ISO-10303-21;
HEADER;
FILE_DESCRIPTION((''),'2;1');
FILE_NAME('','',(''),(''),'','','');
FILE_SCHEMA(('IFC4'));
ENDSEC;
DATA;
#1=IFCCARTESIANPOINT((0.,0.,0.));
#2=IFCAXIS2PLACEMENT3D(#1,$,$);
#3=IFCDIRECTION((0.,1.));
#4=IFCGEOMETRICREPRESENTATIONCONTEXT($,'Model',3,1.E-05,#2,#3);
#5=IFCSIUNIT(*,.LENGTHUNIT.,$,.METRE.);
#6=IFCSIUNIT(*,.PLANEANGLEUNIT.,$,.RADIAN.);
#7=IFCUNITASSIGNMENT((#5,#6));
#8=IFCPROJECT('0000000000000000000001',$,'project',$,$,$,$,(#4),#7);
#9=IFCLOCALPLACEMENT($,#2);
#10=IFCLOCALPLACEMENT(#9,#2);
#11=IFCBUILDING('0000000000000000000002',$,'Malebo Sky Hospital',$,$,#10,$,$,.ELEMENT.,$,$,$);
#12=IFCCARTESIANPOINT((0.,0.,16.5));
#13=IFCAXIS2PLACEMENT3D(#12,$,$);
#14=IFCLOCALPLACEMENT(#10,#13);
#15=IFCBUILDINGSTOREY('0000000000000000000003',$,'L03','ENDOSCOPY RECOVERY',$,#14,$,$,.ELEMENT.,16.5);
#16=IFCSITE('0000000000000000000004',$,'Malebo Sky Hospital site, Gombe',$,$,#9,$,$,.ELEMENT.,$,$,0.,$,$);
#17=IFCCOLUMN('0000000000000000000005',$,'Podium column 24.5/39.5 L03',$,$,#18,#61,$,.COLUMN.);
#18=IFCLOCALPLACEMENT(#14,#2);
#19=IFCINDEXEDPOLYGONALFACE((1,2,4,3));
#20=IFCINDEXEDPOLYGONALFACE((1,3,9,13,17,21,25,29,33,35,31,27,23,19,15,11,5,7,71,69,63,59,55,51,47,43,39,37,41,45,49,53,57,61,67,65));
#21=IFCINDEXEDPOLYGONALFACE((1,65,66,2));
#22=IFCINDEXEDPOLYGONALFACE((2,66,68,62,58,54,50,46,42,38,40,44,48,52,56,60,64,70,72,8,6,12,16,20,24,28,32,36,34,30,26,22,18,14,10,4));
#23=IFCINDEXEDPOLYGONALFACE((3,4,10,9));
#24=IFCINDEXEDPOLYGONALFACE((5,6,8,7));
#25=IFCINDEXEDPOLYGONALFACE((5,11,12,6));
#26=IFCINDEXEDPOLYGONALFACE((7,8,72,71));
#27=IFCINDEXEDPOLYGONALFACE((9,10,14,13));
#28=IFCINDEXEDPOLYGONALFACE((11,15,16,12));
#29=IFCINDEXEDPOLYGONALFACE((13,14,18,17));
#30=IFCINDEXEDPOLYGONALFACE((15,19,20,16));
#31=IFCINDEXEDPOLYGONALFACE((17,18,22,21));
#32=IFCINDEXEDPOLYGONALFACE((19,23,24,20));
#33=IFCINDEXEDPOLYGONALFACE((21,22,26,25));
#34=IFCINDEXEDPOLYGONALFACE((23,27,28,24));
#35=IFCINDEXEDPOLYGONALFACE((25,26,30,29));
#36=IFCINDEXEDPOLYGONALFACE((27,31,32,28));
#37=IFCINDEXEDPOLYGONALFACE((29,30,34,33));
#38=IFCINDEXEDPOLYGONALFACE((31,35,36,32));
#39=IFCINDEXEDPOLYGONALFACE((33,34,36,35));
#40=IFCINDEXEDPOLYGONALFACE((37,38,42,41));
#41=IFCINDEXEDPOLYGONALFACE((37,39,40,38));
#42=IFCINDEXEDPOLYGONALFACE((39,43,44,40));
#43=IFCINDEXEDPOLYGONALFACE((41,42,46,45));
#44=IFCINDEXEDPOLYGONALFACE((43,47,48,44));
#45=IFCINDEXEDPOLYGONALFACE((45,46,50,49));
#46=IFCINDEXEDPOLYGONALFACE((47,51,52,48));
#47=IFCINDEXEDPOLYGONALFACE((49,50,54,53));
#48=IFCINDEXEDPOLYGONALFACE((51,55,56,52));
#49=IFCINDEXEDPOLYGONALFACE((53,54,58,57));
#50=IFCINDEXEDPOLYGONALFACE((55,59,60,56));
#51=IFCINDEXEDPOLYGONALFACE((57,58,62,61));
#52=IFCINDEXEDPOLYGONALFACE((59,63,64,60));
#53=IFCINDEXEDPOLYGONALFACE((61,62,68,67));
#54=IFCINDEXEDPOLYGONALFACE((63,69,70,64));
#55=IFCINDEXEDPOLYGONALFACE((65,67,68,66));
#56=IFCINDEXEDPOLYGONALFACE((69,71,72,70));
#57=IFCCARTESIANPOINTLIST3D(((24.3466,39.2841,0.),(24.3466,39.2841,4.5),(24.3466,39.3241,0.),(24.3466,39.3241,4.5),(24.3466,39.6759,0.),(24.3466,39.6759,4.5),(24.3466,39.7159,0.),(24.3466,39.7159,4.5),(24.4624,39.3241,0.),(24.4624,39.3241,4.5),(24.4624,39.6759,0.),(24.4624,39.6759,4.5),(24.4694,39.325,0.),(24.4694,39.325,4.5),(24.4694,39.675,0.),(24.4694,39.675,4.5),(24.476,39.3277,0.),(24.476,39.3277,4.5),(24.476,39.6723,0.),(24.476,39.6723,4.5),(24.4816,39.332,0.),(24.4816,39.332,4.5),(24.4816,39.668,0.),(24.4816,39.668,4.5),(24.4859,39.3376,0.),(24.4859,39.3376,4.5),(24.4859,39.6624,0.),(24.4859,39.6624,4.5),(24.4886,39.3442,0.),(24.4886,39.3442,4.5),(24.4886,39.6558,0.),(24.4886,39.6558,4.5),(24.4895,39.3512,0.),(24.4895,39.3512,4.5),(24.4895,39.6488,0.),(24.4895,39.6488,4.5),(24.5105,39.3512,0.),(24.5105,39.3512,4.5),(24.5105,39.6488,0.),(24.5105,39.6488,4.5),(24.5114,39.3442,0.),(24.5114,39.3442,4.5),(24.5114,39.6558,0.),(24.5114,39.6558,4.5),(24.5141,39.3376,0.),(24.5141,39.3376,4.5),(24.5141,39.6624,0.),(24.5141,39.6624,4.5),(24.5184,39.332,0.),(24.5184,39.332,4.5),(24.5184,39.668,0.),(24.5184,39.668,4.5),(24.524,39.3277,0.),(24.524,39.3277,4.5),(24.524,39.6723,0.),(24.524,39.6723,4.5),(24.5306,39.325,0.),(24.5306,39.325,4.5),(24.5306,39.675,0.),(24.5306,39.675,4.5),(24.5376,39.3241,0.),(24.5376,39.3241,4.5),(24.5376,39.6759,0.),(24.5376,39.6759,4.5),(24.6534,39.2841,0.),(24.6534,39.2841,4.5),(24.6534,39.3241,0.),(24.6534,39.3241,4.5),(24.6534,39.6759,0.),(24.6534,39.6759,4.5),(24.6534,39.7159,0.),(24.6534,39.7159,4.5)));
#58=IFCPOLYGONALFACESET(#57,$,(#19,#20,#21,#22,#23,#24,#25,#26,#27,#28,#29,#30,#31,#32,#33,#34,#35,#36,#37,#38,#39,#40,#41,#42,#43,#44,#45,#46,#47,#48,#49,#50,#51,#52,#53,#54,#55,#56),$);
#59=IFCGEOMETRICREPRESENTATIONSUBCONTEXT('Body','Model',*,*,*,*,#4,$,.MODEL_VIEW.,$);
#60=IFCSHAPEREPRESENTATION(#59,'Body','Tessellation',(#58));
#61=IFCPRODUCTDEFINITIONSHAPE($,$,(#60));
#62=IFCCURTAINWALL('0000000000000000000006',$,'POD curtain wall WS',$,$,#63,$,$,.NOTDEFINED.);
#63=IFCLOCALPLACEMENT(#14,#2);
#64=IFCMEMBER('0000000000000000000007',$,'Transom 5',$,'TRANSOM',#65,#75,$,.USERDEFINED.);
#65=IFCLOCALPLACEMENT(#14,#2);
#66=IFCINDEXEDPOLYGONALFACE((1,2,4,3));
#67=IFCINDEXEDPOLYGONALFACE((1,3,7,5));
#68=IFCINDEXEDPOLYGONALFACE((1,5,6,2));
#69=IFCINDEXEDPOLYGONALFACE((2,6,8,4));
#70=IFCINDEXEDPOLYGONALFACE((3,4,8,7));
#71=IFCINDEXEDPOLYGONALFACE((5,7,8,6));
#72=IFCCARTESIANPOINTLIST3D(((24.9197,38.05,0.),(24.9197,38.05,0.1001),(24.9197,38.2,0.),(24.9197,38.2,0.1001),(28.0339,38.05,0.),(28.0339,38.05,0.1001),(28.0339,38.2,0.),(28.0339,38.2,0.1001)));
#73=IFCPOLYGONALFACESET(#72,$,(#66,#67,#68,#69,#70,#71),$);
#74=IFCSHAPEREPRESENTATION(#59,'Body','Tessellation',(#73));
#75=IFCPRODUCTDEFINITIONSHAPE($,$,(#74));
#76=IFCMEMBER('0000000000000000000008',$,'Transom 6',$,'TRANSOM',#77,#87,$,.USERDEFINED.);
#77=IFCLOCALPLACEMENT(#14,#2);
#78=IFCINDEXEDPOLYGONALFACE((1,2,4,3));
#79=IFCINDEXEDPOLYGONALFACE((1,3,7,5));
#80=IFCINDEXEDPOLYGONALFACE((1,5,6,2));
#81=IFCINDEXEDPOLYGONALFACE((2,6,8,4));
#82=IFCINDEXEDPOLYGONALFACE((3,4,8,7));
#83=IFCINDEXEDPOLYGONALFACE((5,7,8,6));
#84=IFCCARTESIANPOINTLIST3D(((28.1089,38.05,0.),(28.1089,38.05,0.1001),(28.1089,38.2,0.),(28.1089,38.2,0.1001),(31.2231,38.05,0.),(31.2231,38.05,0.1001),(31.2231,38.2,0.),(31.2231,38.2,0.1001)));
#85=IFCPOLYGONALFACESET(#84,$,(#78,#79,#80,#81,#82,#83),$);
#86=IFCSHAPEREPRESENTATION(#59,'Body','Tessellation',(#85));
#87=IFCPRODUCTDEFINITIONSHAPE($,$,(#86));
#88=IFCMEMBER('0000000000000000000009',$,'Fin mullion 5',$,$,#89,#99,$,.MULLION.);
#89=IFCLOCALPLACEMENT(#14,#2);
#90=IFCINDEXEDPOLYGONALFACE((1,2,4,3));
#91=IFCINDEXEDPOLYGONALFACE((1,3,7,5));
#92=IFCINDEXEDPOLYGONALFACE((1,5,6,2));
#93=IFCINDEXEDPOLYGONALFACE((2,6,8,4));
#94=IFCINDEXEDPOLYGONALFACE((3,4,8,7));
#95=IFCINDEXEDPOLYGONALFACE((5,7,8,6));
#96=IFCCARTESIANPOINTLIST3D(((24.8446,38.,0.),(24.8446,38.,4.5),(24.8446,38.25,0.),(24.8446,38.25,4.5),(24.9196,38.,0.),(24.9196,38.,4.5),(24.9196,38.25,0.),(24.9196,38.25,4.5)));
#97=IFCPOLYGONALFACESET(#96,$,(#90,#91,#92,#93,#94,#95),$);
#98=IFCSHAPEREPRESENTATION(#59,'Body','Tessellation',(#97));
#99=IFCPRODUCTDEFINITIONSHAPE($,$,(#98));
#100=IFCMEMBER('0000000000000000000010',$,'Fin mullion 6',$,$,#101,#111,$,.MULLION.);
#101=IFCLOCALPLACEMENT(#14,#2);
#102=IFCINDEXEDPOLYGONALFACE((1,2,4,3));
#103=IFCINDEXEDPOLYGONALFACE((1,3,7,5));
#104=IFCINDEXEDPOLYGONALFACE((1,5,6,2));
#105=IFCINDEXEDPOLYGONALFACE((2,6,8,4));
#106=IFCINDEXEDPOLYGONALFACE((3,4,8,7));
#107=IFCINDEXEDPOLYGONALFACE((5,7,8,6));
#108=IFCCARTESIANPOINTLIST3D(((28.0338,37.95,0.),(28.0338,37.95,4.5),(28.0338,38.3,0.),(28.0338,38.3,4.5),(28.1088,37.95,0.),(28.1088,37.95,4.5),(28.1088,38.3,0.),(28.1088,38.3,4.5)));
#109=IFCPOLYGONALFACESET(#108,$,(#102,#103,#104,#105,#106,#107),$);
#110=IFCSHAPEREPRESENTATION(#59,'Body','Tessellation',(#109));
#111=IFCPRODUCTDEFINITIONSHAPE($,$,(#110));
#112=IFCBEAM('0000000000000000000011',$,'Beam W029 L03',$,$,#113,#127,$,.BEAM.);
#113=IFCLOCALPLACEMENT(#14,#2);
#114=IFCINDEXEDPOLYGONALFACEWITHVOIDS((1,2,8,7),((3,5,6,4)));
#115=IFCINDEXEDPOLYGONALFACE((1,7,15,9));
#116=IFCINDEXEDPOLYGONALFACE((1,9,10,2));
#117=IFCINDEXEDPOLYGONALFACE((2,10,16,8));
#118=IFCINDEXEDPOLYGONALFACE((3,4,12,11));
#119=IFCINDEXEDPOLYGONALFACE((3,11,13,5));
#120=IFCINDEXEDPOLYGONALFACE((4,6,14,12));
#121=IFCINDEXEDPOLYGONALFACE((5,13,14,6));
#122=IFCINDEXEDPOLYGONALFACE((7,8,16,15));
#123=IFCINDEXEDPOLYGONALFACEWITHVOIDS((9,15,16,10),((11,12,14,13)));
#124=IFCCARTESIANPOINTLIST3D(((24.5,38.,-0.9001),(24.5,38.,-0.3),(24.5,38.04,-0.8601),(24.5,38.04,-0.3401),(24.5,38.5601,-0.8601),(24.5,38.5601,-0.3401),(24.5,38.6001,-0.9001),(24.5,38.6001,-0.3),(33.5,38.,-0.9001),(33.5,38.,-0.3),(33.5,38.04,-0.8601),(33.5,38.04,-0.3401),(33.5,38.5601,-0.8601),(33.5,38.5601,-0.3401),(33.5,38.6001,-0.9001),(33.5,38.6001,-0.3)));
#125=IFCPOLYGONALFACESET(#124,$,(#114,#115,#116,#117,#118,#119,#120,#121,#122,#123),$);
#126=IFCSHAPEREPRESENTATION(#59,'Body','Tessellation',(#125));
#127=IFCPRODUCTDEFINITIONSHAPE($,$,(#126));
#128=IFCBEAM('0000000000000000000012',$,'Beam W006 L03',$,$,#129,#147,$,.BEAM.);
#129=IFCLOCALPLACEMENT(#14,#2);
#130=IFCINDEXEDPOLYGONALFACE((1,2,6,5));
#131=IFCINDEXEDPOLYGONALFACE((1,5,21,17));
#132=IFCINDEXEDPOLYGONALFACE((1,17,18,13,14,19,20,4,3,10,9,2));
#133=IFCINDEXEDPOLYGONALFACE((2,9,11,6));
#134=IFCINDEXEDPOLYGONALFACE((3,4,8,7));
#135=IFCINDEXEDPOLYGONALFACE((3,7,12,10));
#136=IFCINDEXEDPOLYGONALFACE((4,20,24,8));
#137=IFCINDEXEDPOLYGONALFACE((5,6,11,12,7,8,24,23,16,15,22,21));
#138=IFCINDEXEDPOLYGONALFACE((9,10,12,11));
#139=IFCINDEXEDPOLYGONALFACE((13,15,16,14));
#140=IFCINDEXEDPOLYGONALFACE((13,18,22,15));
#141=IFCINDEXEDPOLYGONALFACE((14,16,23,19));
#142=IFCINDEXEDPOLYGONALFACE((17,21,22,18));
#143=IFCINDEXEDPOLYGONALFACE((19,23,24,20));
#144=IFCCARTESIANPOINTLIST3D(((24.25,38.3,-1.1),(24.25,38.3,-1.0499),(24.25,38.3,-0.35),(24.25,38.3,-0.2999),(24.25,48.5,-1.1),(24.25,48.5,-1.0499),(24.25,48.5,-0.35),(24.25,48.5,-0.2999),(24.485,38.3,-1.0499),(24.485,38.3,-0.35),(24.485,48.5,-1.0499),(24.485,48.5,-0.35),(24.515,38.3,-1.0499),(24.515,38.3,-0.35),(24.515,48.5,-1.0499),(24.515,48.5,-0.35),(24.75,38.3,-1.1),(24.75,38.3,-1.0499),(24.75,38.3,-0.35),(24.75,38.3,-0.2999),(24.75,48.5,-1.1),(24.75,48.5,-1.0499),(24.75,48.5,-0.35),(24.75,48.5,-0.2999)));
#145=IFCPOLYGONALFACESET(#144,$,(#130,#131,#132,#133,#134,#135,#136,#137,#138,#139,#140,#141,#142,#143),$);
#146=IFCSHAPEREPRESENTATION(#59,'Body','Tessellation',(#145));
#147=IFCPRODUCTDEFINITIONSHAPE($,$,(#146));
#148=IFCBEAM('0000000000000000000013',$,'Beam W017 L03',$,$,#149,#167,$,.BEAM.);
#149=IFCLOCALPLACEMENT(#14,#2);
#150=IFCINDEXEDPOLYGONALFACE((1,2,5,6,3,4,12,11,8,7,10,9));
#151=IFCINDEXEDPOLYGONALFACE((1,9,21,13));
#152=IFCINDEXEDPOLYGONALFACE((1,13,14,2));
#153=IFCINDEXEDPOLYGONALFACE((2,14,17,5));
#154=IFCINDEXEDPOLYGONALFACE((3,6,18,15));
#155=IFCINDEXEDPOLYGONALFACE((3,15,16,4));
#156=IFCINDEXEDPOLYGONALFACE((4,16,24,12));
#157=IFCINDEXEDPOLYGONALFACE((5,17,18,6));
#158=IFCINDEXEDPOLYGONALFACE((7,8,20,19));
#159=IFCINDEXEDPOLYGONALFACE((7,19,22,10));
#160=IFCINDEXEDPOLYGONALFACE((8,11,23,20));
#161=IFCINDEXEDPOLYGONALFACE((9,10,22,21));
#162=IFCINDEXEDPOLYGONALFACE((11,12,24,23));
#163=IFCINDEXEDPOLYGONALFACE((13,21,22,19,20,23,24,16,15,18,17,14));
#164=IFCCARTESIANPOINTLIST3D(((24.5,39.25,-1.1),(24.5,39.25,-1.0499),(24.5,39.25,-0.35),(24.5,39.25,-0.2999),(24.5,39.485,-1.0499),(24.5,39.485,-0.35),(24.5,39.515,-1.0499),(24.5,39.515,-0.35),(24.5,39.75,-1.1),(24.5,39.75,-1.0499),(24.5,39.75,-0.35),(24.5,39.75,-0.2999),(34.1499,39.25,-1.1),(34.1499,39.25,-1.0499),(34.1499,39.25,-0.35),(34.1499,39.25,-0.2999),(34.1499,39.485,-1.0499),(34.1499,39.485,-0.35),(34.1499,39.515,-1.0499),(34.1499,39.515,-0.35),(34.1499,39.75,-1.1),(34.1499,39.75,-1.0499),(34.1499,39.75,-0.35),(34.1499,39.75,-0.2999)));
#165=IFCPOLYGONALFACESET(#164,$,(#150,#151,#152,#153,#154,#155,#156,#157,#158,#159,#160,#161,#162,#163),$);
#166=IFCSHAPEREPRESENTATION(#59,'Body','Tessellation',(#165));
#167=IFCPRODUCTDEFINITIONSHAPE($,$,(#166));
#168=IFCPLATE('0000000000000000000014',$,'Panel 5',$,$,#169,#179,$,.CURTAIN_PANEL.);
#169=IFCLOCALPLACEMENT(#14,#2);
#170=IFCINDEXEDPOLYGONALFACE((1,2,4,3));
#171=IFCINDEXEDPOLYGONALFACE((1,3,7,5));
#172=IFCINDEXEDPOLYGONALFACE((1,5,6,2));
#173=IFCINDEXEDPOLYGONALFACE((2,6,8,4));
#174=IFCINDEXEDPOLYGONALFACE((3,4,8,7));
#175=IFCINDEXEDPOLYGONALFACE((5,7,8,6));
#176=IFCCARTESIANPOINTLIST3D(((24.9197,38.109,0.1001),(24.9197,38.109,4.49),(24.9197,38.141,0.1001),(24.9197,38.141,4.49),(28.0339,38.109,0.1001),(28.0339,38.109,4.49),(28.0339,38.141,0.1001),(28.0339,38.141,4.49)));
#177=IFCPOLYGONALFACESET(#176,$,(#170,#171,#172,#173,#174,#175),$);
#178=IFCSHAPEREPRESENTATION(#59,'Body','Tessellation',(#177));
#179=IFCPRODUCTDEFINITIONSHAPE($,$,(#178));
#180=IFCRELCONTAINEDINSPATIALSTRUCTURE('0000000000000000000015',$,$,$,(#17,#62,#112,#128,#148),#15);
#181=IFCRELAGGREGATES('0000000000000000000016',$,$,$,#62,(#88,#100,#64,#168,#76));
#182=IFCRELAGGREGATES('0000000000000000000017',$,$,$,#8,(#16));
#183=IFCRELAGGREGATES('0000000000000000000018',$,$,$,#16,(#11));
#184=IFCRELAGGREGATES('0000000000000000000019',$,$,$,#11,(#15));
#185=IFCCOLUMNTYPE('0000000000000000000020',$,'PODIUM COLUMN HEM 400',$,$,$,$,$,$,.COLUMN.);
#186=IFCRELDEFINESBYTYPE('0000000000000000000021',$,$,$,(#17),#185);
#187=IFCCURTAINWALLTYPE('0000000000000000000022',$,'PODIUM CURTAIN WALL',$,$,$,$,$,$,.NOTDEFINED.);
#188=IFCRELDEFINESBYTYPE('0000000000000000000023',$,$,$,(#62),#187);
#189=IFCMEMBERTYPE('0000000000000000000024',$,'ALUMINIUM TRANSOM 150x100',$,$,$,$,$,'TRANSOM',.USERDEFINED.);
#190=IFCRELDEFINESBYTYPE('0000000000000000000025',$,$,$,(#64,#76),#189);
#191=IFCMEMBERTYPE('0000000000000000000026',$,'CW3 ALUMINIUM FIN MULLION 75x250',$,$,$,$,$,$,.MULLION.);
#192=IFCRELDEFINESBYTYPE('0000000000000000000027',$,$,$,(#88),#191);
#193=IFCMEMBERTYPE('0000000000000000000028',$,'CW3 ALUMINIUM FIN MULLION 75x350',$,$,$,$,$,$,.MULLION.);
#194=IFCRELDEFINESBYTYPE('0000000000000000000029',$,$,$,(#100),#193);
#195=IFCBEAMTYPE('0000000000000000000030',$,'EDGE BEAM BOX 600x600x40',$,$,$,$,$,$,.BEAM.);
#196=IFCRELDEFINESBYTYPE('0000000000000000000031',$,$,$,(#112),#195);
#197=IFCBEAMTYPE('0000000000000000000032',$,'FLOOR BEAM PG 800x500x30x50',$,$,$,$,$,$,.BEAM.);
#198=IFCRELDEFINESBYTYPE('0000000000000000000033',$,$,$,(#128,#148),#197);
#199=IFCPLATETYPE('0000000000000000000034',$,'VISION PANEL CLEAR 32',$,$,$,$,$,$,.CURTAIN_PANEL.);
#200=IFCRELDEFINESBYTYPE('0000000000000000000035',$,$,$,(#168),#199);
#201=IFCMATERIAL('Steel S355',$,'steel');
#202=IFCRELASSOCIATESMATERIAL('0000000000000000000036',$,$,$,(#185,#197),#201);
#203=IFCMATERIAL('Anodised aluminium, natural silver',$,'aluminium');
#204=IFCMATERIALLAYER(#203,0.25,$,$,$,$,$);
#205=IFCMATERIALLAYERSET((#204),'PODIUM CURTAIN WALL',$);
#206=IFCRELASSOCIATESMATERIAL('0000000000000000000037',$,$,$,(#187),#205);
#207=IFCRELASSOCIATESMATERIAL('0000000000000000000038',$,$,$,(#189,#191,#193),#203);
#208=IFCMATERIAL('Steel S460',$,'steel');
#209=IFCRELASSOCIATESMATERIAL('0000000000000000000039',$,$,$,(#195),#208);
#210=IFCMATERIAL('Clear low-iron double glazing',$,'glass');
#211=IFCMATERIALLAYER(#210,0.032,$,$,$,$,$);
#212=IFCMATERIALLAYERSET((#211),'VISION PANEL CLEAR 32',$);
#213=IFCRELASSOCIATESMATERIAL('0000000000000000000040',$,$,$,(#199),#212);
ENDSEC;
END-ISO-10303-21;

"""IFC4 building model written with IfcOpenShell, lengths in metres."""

from ifc_helpers import new_model, si_unit, direction, frame, origin, origin_2d, place, context, subcontext, project, spatial, rectangle, hollow_rectangle, i_section, extrude, material, layer, layer_set, material_profile, profile_set, type_object, element, aggregate, save


model = new_model("IFC4")

# Units and contexts
model_context = context("Model", 3, precision=1e-05, world=origin(), true_north=direction((0.0, 1.0)))
body_context = subcontext(model_context, "Body", "Model", "MODEL_VIEW")
ifc_project = project(units=[si_unit("LENGTHUNIT", "METRE"), si_unit("PLANEANGLEUNIT", "RADIAN")], contexts=[model_context])

# Site, building, storey
site_placement = place(None, origin())
site = spatial("IfcSite", under=ifc_project, at=site_placement, Name="Malebo Sky Hospital site, Gombe", CompositionType="ELEMENT", RefElevation=0.0)
building_placement = place(site_placement, origin())
building = spatial("IfcBuilding", under=site, at=building_placement, Name="Malebo Sky Hospital", CompositionType="ELEMENT")
storey_placement = place(building_placement, frame((0.0, 0.0, 16.5)))
storey = spatial("IfcBuildingStorey", under=building, at=storey_placement, Name="L03", Description="ENDOSCOPY RECOVERY", CompositionType="ELEMENT", Elevation=16.5)

# Column
ifc_material_1 = material(Name="Steel S355", Category="steel")
ifc_material_profile_1 = material_profile(ifc_material_1, i_section(OverallWidth=0.3069, OverallDepth=0.4319, WebThickness=0.021, FlangeThickness=0.04, FilletRadius=0.0271, at=origin_2d()), Name="HEM 400")
ifc_profile_set_1 = profile_set([ifc_material_profile_1], Name="Steel S355")
column_type = type_object("IfcColumnType", Name="PODIUM COLUMN HEM 400", PredefinedType="COLUMN", material=ifc_profile_set_1)
column_placement = place(storey_placement, frame((24.5, 39.5, 0.0), z_axis=(0.0, 0.0, 1.0), x_axis=(1.0, 0.0, 0.0)))
element("IfcColumn", 1, at=column_placement, inside=storey, type_object=column_type, Name="Podium column 24.5/39.5 L03", PredefinedType="COLUMN", context=body_context, shape_type="SweptSolid", body=[
    extrude(i_section(OverallWidth=0.3069, OverallDepth=0.4319, WebThickness=0.021, FlangeThickness=0.04, FilletRadius=0.0271, at=origin_2d()), origin(), (0.0, 0.0, 1.0), 4.5),
])

# Curtain wall, members
ifc_material_2 = material(Name="Anodised aluminium, natural silver", Category="aluminium")
ifc_layer_1 = layer(ifc_material_2, 0.25)
ifc_layer_set_1 = layer_set([ifc_layer_1], Name="PODIUM CURTAIN WALL")
curtain_wall_type = type_object("IfcCurtainWallType", Name="PODIUM CURTAIN WALL", PredefinedType="NOTDEFINED", material=ifc_layer_set_1)
curtain_wall_placement = place(storey_placement, origin())
curtain_wall = element("IfcCurtainWall", 2, at=curtain_wall_placement, inside=storey, type_object=curtain_wall_type, Name="POD curtain wall WS", PredefinedType="NOTDEFINED")
ifc_material_profile_2 = material_profile(ifc_material_2, rectangle(XDim=0.1499, YDim=0.1001, at=origin_2d()), Name="ALUMINIUM TRANSOM 150x100")
ifc_profile_set_2 = profile_set([ifc_material_profile_2], Name="Anodised aluminium, natural silver")
member_type_1 = type_object("IfcMemberType", Name="ALUMINIUM TRANSOM 150x100", ElementType="TRANSOM", PredefinedType="USERDEFINED", material=ifc_profile_set_2)
member_1_placement = place(storey_placement, frame((24.9197, 38.125, 0.05), z_axis=(1.0, 0.0, 0.0), x_axis=(0.0, 1.0, 0.0)))
member_1 = element("IfcMember", 3, at=member_1_placement, type_object=member_type_1, Name="Transom 5", ObjectType="TRANSOM", PredefinedType="USERDEFINED", context=body_context, shape_type="SweptSolid", body=[
    extrude(rectangle(XDim=0.1499, YDim=0.1001, at=origin_2d()), origin(), (0.0, 0.0, 1.0), 3.1143),
])
member_2_placement = place(storey_placement, frame((28.1089, 38.125, 0.05), z_axis=(1.0, 0.0, 0.0), x_axis=(0.0, 1.0, 0.0)))
member_2 = element("IfcMember", 4, at=member_2_placement, type_object=member_type_1, Name="Transom 6", ObjectType="TRANSOM", PredefinedType="USERDEFINED", context=body_context, shape_type="SweptSolid", body=[
    extrude(rectangle(XDim=0.1499, YDim=0.1001, at=origin_2d()), origin(), (0.0, 0.0, 1.0), 3.1143),
])
ifc_material_profile_3 = material_profile(ifc_material_2, rectangle(XDim=0.075, YDim=0.25, at=origin_2d()), Name="CW3 ALUMINIUM FIN MULLION 75x250")
ifc_profile_set_3 = profile_set([ifc_material_profile_3], Name="Anodised aluminium, natural silver")
member_type_2 = type_object("IfcMemberType", Name="CW3 ALUMINIUM FIN MULLION 75x250", PredefinedType="MULLION", material=ifc_profile_set_3)
member_3_placement = place(storey_placement, frame((24.8821, 38.125, 0.0), z_axis=(0.0, 0.0, 1.0), x_axis=(1.0, 0.0, 0.0)))
member_3 = element("IfcMember", 5, at=member_3_placement, type_object=member_type_2, Name="Fin mullion 5", PredefinedType="MULLION", context=body_context, shape_type="SweptSolid", body=[
    extrude(rectangle(XDim=0.075, YDim=0.25, at=origin_2d()), origin(), (0.0, 0.0, 1.0), 4.5),
])
ifc_material_profile_4 = material_profile(ifc_material_2, rectangle(XDim=0.075, YDim=0.3501, at=origin_2d()), Name="CW3 ALUMINIUM FIN MULLION 75x350")
ifc_profile_set_4 = profile_set([ifc_material_profile_4], Name="Anodised aluminium, natural silver")
member_type_3 = type_object("IfcMemberType", Name="CW3 ALUMINIUM FIN MULLION 75x350", PredefinedType="MULLION", material=ifc_profile_set_4)
member_4_placement = place(storey_placement, frame((28.0713, 38.125, 0.0), z_axis=(0.0, 0.0, 1.0), x_axis=(1.0, 0.0, 0.0)))
member_4 = element("IfcMember", 6, at=member_4_placement, type_object=member_type_3, Name="Fin mullion 6", PredefinedType="MULLION", context=body_context, shape_type="SweptSolid", body=[
    extrude(rectangle(XDim=0.075, YDim=0.3501, at=origin_2d()), origin(), (0.0, 0.0, 1.0), 4.5),
])

# Beams
ifc_material_3 = material(Name="Steel S460", Category="steel")
ifc_material_profile_5 = material_profile(ifc_material_3, hollow_rectangle(XDim=0.6001, YDim=0.6001, WallThickness=0.04, at=origin_2d()), Name="BOX 600x600x40")
ifc_profile_set_5 = profile_set([ifc_material_profile_5], Name="Steel S460")
beam_type_1 = type_object("IfcBeamType", Name="EDGE BEAM BOX 600x600x40", PredefinedType="BEAM", material=ifc_profile_set_5)
beam_1_placement = place(storey_placement, frame((24.5, 38.3, -0.6001), z_axis=(1.0, 0.0, 0.0), x_axis=(0.0, 1.0, 0.0)))
element("IfcBeam", 7, at=beam_1_placement, inside=storey, type_object=beam_type_1, Name="Beam W029 L03", PredefinedType="BEAM", context=body_context, shape_type="SweptSolid", body=[
    extrude(hollow_rectangle(XDim=0.6001, YDim=0.6001, WallThickness=0.04, at=origin_2d()), origin(), (0.0, 0.0, 1.0), 9.0),
])
ifc_material_profile_6 = material_profile(ifc_material_1, i_section(OverallWidth=0.5, OverallDepth=0.8, WebThickness=0.03, FlangeThickness=0.05, at=origin_2d()), Name="PG 800x500x30x50")
ifc_profile_set_6 = profile_set([ifc_material_profile_6], Name="Steel S355")
beam_type_2 = type_object("IfcBeamType", Name="FLOOR BEAM PG 800x500x30x50", PredefinedType="BEAM", material=ifc_profile_set_6)
beam_2_placement = place(storey_placement, frame((24.5, 38.3, -0.7), z_axis=(0.0, 1.0, 0.0), x_axis=(-1.0, 0.0, 0.0)))
element("IfcBeam", 8, at=beam_2_placement, inside=storey, type_object=beam_type_2, Name="Beam W006 L03", PredefinedType="BEAM", context=body_context, shape_type="SweptSolid", body=[
    extrude(i_section(OverallWidth=0.5, OverallDepth=0.8, WebThickness=0.03, FlangeThickness=0.05, at=origin_2d()), origin(), (0.0, 0.0, 1.0), 10.2),
])
beam_3_placement = place(storey_placement, frame((24.5, 39.5, -0.7), z_axis=(1.0, 0.0, 0.0), x_axis=(0.0, 1.0, 0.0)))
element("IfcBeam", 9, at=beam_3_placement, inside=storey, type_object=beam_type_2, Name="Beam W017 L03", PredefinedType="BEAM", context=body_context, shape_type="SweptSolid", body=[
    extrude(i_section(OverallWidth=0.5, OverallDepth=0.8, WebThickness=0.03, FlangeThickness=0.05, at=origin_2d()), origin(), (0.0, 0.0, 1.0), 9.6499),
])

# Plate
ifc_material_4 = material(Name="Clear low-iron double glazing", Category="glass")
ifc_layer_2 = layer(ifc_material_4, 0.032)
ifc_layer_set_2 = layer_set([ifc_layer_2], Name="VISION PANEL CLEAR 32")
plate_type = type_object("IfcPlateType", Name="VISION PANEL CLEAR 32", PredefinedType="CURTAIN_PANEL", material=ifc_layer_set_2)
plate_placement = place(storey_placement, frame((26.4768, 38.125, 0.1001), z_axis=(0.0, 0.0, 1.0), x_axis=(1.0, 0.0, 0.0)))
plate = element("IfcPlate", 10, at=plate_placement, type_object=plate_type, Name="Panel 5", PredefinedType="CURTAIN_PANEL", context=body_context, shape_type="SweptSolid", body=[
    extrude(rectangle(XDim=3.1143, YDim=0.032, at=origin_2d()), origin(), (0.0, 0.0, 1.0), 4.3899),
])
aggregate(curtain_wall, [member_3, member_4, member_1, plate, member_2])

save(model, "model.ifc")
